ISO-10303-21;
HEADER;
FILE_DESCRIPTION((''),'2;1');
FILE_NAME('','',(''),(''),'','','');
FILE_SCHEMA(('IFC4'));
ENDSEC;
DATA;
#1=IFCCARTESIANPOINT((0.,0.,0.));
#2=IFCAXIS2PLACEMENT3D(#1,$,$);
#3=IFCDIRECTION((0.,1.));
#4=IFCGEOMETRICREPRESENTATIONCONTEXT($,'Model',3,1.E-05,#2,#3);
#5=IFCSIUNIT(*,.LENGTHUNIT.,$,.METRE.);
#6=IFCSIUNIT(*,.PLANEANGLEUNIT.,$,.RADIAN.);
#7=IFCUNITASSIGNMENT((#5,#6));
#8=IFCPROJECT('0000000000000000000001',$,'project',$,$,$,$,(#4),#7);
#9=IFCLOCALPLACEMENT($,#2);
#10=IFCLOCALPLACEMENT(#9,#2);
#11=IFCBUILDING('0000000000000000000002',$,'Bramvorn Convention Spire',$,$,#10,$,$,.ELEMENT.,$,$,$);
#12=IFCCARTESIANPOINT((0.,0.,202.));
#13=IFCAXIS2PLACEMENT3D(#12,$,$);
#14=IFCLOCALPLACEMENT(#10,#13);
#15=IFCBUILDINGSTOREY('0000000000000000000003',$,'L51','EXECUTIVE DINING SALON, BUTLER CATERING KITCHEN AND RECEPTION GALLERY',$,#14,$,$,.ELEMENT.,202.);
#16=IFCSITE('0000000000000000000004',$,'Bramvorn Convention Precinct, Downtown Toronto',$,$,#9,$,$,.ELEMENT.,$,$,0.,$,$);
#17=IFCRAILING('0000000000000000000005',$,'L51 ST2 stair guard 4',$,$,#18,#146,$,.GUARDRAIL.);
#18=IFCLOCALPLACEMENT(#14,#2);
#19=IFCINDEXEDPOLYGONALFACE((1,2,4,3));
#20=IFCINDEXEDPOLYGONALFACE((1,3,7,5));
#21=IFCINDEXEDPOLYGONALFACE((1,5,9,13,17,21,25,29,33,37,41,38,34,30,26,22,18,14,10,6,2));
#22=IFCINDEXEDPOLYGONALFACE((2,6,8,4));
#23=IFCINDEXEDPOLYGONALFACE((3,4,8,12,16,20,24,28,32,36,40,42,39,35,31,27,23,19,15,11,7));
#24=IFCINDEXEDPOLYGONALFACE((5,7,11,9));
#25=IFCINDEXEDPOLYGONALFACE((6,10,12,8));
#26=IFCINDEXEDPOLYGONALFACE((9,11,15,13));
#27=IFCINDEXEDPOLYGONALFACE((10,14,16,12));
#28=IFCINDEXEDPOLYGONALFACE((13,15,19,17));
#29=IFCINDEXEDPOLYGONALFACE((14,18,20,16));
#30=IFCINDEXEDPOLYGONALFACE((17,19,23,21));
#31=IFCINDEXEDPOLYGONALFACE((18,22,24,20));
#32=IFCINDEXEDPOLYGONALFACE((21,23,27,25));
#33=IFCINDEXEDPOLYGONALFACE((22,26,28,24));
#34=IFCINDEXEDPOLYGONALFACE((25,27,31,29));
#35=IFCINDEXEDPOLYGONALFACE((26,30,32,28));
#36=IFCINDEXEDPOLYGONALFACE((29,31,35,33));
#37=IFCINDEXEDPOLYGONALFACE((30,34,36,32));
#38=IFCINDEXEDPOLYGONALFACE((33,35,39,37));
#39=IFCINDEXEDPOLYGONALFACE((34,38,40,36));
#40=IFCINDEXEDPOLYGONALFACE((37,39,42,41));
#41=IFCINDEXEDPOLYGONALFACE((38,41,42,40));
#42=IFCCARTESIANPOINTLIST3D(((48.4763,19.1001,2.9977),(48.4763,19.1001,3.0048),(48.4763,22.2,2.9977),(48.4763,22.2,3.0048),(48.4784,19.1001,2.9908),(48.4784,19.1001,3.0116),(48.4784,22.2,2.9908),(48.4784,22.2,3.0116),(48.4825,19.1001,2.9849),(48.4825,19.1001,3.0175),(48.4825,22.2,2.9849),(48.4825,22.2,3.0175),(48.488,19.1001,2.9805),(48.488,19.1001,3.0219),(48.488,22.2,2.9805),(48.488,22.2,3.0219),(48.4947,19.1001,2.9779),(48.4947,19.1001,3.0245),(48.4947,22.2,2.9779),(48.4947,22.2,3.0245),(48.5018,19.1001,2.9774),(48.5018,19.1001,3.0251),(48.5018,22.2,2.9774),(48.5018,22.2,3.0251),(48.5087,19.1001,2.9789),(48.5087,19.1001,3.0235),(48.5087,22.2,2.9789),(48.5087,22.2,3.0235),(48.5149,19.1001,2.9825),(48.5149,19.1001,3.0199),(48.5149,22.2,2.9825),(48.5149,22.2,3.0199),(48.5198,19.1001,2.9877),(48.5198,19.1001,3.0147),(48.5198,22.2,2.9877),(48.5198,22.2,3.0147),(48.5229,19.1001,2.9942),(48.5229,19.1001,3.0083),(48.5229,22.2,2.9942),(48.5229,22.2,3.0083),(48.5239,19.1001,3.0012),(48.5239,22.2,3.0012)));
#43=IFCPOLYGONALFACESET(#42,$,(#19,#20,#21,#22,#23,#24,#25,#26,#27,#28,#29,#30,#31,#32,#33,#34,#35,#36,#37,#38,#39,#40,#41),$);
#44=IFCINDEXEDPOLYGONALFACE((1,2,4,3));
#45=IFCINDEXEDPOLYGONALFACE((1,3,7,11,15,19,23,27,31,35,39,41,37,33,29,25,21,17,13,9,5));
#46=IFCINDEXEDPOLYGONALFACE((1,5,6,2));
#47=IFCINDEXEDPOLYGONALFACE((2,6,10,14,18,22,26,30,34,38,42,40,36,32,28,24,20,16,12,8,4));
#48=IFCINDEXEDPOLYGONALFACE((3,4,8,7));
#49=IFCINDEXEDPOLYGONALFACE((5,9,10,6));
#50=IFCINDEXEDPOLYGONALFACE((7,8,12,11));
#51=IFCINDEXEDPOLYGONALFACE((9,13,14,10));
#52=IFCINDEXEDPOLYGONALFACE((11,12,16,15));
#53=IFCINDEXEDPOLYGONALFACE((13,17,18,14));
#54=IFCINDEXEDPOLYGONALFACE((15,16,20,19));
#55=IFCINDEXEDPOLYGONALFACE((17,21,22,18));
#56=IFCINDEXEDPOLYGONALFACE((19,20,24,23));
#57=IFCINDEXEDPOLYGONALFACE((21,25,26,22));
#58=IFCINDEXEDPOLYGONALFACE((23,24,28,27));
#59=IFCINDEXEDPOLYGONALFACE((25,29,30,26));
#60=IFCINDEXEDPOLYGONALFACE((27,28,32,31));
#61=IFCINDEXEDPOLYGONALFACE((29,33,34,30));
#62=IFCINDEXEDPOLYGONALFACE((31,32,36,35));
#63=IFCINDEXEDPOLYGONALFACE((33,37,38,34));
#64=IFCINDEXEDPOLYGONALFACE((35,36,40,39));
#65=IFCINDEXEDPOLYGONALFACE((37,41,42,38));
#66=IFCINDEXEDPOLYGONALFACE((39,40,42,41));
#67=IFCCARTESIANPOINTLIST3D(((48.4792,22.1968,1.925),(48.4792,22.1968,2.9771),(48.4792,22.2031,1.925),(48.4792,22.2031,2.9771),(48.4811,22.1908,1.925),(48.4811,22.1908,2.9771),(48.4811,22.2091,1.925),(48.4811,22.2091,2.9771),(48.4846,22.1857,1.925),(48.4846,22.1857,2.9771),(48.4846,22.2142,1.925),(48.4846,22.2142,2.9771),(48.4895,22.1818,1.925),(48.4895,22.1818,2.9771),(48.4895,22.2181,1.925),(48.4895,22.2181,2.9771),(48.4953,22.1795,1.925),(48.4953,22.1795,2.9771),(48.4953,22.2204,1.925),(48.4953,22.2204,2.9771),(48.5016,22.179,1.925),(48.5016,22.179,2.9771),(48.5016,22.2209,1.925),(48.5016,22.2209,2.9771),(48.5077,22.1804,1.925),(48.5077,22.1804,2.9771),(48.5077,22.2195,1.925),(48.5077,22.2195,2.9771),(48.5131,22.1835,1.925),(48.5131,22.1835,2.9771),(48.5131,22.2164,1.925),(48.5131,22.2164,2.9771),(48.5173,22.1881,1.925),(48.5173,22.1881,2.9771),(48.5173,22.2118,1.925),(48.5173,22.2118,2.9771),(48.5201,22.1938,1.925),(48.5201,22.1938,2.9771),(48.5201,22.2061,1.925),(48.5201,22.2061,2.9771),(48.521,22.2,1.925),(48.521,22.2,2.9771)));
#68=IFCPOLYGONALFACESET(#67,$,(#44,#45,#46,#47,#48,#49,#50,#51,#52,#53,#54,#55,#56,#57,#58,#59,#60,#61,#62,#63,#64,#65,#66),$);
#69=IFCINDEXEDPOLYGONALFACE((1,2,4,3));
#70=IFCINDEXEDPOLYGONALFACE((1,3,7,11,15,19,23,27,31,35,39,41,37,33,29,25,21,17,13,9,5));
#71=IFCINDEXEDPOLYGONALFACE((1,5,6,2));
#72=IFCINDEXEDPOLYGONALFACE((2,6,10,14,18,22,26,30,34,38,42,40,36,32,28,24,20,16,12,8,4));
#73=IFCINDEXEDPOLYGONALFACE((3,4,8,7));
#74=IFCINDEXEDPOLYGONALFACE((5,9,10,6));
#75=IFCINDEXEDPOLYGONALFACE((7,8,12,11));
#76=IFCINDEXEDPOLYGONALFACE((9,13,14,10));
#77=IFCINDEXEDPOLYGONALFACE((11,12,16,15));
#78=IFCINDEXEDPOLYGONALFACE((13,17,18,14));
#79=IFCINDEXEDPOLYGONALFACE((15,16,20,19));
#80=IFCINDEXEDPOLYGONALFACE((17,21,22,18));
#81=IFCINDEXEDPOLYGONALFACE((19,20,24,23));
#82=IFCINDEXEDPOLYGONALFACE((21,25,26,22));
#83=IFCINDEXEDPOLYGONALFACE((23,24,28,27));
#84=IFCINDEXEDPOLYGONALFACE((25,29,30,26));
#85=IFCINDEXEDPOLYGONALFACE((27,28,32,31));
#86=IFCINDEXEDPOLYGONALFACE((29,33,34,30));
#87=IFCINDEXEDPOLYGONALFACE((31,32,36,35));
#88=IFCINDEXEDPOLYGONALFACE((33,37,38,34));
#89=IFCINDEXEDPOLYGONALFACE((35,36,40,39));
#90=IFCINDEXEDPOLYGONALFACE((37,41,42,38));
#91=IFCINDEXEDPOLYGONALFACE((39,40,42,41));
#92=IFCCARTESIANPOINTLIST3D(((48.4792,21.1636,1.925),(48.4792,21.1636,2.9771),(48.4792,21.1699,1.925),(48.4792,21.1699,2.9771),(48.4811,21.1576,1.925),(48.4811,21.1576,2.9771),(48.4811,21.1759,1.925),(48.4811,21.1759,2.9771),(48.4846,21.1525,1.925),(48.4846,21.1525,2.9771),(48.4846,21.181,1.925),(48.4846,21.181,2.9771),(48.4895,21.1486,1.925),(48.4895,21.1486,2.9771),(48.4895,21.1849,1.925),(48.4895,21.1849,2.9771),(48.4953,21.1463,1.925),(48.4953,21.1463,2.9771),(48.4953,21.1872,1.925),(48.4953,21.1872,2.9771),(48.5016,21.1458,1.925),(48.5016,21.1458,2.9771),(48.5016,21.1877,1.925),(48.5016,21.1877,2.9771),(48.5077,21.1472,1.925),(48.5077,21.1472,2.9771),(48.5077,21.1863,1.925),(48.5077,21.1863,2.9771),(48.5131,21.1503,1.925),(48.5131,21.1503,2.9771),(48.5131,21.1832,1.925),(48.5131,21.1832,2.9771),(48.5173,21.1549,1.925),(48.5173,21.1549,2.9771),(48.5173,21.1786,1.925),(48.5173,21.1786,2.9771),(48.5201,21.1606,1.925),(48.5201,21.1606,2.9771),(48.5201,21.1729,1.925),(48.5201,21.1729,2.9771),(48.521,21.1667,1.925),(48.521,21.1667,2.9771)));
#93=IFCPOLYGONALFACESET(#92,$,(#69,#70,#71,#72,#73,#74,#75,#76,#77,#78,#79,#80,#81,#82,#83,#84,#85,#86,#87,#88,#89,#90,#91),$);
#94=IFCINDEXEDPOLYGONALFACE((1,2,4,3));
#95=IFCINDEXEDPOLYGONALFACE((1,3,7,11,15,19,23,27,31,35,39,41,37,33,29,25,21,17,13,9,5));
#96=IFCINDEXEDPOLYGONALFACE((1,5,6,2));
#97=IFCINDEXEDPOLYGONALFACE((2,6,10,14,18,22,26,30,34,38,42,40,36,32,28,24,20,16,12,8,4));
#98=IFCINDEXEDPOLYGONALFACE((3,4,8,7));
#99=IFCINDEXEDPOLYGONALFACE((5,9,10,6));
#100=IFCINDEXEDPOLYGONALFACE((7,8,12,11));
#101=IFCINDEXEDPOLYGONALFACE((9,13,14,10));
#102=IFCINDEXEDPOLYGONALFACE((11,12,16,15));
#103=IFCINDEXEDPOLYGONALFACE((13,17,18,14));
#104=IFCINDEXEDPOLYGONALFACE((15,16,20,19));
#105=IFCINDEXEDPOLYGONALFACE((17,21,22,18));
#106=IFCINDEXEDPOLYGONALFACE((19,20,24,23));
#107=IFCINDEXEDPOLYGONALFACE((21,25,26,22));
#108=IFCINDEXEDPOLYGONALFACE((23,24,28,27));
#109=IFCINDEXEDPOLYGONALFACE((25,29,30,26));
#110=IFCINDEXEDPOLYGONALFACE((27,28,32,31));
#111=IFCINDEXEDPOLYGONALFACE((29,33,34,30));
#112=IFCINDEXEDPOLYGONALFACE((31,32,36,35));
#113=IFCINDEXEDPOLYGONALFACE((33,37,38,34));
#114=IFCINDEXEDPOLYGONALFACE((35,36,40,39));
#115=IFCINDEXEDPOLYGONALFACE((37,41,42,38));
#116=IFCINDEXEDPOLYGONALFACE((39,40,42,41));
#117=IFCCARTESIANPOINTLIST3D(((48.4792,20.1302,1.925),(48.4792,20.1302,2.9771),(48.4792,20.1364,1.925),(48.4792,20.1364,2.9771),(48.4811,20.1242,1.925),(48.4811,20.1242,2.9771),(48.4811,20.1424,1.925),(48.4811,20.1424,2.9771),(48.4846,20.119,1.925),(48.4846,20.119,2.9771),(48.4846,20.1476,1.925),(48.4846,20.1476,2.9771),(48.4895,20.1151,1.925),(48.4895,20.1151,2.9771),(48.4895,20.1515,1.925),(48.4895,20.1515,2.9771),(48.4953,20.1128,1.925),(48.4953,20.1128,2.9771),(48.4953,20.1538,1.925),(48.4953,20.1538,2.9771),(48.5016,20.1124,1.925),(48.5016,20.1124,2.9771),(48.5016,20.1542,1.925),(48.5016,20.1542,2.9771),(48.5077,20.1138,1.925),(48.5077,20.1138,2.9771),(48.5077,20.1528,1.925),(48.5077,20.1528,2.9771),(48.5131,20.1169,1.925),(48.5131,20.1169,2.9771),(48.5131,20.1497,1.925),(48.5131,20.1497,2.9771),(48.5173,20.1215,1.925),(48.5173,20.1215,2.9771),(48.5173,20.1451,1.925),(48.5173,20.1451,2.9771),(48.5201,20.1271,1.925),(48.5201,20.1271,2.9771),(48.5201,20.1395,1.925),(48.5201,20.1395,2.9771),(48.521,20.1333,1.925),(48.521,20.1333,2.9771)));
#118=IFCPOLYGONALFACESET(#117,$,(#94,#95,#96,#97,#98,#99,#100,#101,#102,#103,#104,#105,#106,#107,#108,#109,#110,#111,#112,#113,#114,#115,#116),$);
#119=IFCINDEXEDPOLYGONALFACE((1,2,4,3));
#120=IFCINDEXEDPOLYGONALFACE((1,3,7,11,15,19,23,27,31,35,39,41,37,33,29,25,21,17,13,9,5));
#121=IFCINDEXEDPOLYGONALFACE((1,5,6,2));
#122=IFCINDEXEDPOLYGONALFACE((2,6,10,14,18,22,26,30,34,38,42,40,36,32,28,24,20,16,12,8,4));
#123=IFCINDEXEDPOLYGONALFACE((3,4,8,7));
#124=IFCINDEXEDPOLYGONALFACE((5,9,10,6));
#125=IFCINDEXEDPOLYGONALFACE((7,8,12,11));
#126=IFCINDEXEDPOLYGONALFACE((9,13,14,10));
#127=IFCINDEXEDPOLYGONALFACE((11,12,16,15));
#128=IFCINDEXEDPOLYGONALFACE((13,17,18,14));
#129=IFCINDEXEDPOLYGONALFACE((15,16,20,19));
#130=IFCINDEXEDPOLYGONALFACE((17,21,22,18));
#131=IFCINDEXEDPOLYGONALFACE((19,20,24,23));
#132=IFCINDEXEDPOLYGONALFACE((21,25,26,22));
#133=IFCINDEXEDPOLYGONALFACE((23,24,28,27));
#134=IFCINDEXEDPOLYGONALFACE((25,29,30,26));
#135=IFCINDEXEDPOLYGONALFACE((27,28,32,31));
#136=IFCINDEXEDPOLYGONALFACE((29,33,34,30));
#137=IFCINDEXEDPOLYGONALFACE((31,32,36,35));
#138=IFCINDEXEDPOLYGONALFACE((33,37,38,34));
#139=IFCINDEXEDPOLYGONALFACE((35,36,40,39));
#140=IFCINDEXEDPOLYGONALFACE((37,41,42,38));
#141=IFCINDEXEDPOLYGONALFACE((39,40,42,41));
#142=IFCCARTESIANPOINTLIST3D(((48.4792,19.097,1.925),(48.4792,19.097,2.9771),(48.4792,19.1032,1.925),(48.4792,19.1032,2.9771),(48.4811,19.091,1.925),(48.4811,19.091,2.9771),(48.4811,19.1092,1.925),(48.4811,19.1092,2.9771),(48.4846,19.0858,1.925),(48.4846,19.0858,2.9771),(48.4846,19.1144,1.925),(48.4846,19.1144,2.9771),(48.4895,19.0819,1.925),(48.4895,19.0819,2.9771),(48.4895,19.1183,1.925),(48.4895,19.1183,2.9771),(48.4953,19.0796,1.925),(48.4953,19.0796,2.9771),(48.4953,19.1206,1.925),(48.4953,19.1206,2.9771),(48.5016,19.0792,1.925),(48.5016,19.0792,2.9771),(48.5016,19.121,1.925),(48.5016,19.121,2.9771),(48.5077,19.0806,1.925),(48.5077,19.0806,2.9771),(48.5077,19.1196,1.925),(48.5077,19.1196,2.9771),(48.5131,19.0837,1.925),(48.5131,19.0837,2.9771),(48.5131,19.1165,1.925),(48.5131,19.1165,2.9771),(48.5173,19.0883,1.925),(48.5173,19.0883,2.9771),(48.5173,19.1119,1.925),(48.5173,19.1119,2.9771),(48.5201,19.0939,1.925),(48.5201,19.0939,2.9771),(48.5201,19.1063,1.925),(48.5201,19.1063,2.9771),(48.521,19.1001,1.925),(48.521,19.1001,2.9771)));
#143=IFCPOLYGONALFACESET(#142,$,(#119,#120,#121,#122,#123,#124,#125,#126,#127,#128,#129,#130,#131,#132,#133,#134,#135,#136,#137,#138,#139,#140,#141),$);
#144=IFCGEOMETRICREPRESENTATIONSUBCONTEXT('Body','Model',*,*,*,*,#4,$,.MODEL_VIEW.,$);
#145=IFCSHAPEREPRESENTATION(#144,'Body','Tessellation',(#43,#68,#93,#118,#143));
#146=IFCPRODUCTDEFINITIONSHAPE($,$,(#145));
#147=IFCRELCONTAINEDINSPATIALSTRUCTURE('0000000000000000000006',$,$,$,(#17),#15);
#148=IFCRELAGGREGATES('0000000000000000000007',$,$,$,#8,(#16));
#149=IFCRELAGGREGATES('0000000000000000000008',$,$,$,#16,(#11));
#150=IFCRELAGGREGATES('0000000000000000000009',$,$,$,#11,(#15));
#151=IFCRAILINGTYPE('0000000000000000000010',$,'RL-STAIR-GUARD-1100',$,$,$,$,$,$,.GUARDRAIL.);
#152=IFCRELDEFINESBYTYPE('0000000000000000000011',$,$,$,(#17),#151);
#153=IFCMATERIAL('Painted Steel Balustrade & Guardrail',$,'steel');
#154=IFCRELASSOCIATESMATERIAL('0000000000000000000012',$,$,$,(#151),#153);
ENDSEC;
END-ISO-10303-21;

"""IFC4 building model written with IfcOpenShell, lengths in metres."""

from ifc_helpers import new_model, si_unit, direction, frame, origin, origin_2d, place, context, subcontext, project, spatial, circle, extrude, material, type_object, element, save


model = new_model("IFC4")

# Units and contexts
model_context = context("Model", 3, precision=1e-05, world=origin(), true_north=direction((0.0, 1.0)))
body_context = subcontext(model_context, "Body", "Model", "MODEL_VIEW")
ifc_project = project(units=[si_unit("LENGTHUNIT", "METRE"), si_unit("PLANEANGLEUNIT", "RADIAN")], contexts=[model_context])

# Site, building, storey
site_placement = place(None, origin())
site = spatial("IfcSite", under=ifc_project, at=site_placement, Name="Bramvorn Convention Precinct, Downtown Toronto", CompositionType="ELEMENT", RefElevation=0.0)
building_placement = place(site_placement, origin())
building = spatial("IfcBuilding", under=site, at=building_placement, Name="Bramvorn Convention Spire", CompositionType="ELEMENT")
storey_placement = place(building_placement, frame((0.0, 0.0, 202.0)))
storey = spatial("IfcBuildingStorey", under=building, at=storey_placement, Name="L51", Description="EXECUTIVE DINING SALON, BUTLER CATERING KITCHEN AND RECEPTION GALLERY", CompositionType="ELEMENT", Elevation=202.0)

# Railing
ifc_material_1 = material(Name="Painted Steel Balustrade & Guardrail", Category="steel")
railing_type_1 = type_object("IfcRailingType", Name="RL-STAIR-GUARD-1100", PredefinedType="GUARDRAIL", material=ifc_material_1)
railing_1_placement = place(storey_placement, frame((48.5, 22.2, 1.925)))
element("IfcRailing", 1, at=railing_1_placement, inside=storey, type_object=railing_type_1, Name="L51 ST2 stair guard 4", PredefinedType="GUARDRAIL", context=body_context, shape_type="SweptSolid", body=[
    extrude(circle(Radius=0.0239, at=origin_2d()), frame((0.0, 0.0, 1.0762), z_axis=(0.0, -1.0, 0.0), x_axis=(1.0, 0.0, 0.0)), (0.0, 0.0, 1.0), 3.0999),
    extrude(circle(Radius=0.021, at=origin_2d()), origin(), (0.0, 0.0, 1.0), 1.052),
    extrude(circle(Radius=0.021, at=origin_2d()), frame((0.0, -1.0332, 0.0)), (0.0, 0.0, 1.0), 1.052),
    extrude(circle(Radius=0.021, at=origin_2d()), frame((0.0, -2.0667, 0.0)), (0.0, 0.0, 1.0), 1.052),
    extrude(circle(Radius=0.021, at=origin_2d()), frame((0.0, -3.0999, 0.0)), (0.0, 0.0, 1.0), 1.052),
])

save(model, "model.ifc")
